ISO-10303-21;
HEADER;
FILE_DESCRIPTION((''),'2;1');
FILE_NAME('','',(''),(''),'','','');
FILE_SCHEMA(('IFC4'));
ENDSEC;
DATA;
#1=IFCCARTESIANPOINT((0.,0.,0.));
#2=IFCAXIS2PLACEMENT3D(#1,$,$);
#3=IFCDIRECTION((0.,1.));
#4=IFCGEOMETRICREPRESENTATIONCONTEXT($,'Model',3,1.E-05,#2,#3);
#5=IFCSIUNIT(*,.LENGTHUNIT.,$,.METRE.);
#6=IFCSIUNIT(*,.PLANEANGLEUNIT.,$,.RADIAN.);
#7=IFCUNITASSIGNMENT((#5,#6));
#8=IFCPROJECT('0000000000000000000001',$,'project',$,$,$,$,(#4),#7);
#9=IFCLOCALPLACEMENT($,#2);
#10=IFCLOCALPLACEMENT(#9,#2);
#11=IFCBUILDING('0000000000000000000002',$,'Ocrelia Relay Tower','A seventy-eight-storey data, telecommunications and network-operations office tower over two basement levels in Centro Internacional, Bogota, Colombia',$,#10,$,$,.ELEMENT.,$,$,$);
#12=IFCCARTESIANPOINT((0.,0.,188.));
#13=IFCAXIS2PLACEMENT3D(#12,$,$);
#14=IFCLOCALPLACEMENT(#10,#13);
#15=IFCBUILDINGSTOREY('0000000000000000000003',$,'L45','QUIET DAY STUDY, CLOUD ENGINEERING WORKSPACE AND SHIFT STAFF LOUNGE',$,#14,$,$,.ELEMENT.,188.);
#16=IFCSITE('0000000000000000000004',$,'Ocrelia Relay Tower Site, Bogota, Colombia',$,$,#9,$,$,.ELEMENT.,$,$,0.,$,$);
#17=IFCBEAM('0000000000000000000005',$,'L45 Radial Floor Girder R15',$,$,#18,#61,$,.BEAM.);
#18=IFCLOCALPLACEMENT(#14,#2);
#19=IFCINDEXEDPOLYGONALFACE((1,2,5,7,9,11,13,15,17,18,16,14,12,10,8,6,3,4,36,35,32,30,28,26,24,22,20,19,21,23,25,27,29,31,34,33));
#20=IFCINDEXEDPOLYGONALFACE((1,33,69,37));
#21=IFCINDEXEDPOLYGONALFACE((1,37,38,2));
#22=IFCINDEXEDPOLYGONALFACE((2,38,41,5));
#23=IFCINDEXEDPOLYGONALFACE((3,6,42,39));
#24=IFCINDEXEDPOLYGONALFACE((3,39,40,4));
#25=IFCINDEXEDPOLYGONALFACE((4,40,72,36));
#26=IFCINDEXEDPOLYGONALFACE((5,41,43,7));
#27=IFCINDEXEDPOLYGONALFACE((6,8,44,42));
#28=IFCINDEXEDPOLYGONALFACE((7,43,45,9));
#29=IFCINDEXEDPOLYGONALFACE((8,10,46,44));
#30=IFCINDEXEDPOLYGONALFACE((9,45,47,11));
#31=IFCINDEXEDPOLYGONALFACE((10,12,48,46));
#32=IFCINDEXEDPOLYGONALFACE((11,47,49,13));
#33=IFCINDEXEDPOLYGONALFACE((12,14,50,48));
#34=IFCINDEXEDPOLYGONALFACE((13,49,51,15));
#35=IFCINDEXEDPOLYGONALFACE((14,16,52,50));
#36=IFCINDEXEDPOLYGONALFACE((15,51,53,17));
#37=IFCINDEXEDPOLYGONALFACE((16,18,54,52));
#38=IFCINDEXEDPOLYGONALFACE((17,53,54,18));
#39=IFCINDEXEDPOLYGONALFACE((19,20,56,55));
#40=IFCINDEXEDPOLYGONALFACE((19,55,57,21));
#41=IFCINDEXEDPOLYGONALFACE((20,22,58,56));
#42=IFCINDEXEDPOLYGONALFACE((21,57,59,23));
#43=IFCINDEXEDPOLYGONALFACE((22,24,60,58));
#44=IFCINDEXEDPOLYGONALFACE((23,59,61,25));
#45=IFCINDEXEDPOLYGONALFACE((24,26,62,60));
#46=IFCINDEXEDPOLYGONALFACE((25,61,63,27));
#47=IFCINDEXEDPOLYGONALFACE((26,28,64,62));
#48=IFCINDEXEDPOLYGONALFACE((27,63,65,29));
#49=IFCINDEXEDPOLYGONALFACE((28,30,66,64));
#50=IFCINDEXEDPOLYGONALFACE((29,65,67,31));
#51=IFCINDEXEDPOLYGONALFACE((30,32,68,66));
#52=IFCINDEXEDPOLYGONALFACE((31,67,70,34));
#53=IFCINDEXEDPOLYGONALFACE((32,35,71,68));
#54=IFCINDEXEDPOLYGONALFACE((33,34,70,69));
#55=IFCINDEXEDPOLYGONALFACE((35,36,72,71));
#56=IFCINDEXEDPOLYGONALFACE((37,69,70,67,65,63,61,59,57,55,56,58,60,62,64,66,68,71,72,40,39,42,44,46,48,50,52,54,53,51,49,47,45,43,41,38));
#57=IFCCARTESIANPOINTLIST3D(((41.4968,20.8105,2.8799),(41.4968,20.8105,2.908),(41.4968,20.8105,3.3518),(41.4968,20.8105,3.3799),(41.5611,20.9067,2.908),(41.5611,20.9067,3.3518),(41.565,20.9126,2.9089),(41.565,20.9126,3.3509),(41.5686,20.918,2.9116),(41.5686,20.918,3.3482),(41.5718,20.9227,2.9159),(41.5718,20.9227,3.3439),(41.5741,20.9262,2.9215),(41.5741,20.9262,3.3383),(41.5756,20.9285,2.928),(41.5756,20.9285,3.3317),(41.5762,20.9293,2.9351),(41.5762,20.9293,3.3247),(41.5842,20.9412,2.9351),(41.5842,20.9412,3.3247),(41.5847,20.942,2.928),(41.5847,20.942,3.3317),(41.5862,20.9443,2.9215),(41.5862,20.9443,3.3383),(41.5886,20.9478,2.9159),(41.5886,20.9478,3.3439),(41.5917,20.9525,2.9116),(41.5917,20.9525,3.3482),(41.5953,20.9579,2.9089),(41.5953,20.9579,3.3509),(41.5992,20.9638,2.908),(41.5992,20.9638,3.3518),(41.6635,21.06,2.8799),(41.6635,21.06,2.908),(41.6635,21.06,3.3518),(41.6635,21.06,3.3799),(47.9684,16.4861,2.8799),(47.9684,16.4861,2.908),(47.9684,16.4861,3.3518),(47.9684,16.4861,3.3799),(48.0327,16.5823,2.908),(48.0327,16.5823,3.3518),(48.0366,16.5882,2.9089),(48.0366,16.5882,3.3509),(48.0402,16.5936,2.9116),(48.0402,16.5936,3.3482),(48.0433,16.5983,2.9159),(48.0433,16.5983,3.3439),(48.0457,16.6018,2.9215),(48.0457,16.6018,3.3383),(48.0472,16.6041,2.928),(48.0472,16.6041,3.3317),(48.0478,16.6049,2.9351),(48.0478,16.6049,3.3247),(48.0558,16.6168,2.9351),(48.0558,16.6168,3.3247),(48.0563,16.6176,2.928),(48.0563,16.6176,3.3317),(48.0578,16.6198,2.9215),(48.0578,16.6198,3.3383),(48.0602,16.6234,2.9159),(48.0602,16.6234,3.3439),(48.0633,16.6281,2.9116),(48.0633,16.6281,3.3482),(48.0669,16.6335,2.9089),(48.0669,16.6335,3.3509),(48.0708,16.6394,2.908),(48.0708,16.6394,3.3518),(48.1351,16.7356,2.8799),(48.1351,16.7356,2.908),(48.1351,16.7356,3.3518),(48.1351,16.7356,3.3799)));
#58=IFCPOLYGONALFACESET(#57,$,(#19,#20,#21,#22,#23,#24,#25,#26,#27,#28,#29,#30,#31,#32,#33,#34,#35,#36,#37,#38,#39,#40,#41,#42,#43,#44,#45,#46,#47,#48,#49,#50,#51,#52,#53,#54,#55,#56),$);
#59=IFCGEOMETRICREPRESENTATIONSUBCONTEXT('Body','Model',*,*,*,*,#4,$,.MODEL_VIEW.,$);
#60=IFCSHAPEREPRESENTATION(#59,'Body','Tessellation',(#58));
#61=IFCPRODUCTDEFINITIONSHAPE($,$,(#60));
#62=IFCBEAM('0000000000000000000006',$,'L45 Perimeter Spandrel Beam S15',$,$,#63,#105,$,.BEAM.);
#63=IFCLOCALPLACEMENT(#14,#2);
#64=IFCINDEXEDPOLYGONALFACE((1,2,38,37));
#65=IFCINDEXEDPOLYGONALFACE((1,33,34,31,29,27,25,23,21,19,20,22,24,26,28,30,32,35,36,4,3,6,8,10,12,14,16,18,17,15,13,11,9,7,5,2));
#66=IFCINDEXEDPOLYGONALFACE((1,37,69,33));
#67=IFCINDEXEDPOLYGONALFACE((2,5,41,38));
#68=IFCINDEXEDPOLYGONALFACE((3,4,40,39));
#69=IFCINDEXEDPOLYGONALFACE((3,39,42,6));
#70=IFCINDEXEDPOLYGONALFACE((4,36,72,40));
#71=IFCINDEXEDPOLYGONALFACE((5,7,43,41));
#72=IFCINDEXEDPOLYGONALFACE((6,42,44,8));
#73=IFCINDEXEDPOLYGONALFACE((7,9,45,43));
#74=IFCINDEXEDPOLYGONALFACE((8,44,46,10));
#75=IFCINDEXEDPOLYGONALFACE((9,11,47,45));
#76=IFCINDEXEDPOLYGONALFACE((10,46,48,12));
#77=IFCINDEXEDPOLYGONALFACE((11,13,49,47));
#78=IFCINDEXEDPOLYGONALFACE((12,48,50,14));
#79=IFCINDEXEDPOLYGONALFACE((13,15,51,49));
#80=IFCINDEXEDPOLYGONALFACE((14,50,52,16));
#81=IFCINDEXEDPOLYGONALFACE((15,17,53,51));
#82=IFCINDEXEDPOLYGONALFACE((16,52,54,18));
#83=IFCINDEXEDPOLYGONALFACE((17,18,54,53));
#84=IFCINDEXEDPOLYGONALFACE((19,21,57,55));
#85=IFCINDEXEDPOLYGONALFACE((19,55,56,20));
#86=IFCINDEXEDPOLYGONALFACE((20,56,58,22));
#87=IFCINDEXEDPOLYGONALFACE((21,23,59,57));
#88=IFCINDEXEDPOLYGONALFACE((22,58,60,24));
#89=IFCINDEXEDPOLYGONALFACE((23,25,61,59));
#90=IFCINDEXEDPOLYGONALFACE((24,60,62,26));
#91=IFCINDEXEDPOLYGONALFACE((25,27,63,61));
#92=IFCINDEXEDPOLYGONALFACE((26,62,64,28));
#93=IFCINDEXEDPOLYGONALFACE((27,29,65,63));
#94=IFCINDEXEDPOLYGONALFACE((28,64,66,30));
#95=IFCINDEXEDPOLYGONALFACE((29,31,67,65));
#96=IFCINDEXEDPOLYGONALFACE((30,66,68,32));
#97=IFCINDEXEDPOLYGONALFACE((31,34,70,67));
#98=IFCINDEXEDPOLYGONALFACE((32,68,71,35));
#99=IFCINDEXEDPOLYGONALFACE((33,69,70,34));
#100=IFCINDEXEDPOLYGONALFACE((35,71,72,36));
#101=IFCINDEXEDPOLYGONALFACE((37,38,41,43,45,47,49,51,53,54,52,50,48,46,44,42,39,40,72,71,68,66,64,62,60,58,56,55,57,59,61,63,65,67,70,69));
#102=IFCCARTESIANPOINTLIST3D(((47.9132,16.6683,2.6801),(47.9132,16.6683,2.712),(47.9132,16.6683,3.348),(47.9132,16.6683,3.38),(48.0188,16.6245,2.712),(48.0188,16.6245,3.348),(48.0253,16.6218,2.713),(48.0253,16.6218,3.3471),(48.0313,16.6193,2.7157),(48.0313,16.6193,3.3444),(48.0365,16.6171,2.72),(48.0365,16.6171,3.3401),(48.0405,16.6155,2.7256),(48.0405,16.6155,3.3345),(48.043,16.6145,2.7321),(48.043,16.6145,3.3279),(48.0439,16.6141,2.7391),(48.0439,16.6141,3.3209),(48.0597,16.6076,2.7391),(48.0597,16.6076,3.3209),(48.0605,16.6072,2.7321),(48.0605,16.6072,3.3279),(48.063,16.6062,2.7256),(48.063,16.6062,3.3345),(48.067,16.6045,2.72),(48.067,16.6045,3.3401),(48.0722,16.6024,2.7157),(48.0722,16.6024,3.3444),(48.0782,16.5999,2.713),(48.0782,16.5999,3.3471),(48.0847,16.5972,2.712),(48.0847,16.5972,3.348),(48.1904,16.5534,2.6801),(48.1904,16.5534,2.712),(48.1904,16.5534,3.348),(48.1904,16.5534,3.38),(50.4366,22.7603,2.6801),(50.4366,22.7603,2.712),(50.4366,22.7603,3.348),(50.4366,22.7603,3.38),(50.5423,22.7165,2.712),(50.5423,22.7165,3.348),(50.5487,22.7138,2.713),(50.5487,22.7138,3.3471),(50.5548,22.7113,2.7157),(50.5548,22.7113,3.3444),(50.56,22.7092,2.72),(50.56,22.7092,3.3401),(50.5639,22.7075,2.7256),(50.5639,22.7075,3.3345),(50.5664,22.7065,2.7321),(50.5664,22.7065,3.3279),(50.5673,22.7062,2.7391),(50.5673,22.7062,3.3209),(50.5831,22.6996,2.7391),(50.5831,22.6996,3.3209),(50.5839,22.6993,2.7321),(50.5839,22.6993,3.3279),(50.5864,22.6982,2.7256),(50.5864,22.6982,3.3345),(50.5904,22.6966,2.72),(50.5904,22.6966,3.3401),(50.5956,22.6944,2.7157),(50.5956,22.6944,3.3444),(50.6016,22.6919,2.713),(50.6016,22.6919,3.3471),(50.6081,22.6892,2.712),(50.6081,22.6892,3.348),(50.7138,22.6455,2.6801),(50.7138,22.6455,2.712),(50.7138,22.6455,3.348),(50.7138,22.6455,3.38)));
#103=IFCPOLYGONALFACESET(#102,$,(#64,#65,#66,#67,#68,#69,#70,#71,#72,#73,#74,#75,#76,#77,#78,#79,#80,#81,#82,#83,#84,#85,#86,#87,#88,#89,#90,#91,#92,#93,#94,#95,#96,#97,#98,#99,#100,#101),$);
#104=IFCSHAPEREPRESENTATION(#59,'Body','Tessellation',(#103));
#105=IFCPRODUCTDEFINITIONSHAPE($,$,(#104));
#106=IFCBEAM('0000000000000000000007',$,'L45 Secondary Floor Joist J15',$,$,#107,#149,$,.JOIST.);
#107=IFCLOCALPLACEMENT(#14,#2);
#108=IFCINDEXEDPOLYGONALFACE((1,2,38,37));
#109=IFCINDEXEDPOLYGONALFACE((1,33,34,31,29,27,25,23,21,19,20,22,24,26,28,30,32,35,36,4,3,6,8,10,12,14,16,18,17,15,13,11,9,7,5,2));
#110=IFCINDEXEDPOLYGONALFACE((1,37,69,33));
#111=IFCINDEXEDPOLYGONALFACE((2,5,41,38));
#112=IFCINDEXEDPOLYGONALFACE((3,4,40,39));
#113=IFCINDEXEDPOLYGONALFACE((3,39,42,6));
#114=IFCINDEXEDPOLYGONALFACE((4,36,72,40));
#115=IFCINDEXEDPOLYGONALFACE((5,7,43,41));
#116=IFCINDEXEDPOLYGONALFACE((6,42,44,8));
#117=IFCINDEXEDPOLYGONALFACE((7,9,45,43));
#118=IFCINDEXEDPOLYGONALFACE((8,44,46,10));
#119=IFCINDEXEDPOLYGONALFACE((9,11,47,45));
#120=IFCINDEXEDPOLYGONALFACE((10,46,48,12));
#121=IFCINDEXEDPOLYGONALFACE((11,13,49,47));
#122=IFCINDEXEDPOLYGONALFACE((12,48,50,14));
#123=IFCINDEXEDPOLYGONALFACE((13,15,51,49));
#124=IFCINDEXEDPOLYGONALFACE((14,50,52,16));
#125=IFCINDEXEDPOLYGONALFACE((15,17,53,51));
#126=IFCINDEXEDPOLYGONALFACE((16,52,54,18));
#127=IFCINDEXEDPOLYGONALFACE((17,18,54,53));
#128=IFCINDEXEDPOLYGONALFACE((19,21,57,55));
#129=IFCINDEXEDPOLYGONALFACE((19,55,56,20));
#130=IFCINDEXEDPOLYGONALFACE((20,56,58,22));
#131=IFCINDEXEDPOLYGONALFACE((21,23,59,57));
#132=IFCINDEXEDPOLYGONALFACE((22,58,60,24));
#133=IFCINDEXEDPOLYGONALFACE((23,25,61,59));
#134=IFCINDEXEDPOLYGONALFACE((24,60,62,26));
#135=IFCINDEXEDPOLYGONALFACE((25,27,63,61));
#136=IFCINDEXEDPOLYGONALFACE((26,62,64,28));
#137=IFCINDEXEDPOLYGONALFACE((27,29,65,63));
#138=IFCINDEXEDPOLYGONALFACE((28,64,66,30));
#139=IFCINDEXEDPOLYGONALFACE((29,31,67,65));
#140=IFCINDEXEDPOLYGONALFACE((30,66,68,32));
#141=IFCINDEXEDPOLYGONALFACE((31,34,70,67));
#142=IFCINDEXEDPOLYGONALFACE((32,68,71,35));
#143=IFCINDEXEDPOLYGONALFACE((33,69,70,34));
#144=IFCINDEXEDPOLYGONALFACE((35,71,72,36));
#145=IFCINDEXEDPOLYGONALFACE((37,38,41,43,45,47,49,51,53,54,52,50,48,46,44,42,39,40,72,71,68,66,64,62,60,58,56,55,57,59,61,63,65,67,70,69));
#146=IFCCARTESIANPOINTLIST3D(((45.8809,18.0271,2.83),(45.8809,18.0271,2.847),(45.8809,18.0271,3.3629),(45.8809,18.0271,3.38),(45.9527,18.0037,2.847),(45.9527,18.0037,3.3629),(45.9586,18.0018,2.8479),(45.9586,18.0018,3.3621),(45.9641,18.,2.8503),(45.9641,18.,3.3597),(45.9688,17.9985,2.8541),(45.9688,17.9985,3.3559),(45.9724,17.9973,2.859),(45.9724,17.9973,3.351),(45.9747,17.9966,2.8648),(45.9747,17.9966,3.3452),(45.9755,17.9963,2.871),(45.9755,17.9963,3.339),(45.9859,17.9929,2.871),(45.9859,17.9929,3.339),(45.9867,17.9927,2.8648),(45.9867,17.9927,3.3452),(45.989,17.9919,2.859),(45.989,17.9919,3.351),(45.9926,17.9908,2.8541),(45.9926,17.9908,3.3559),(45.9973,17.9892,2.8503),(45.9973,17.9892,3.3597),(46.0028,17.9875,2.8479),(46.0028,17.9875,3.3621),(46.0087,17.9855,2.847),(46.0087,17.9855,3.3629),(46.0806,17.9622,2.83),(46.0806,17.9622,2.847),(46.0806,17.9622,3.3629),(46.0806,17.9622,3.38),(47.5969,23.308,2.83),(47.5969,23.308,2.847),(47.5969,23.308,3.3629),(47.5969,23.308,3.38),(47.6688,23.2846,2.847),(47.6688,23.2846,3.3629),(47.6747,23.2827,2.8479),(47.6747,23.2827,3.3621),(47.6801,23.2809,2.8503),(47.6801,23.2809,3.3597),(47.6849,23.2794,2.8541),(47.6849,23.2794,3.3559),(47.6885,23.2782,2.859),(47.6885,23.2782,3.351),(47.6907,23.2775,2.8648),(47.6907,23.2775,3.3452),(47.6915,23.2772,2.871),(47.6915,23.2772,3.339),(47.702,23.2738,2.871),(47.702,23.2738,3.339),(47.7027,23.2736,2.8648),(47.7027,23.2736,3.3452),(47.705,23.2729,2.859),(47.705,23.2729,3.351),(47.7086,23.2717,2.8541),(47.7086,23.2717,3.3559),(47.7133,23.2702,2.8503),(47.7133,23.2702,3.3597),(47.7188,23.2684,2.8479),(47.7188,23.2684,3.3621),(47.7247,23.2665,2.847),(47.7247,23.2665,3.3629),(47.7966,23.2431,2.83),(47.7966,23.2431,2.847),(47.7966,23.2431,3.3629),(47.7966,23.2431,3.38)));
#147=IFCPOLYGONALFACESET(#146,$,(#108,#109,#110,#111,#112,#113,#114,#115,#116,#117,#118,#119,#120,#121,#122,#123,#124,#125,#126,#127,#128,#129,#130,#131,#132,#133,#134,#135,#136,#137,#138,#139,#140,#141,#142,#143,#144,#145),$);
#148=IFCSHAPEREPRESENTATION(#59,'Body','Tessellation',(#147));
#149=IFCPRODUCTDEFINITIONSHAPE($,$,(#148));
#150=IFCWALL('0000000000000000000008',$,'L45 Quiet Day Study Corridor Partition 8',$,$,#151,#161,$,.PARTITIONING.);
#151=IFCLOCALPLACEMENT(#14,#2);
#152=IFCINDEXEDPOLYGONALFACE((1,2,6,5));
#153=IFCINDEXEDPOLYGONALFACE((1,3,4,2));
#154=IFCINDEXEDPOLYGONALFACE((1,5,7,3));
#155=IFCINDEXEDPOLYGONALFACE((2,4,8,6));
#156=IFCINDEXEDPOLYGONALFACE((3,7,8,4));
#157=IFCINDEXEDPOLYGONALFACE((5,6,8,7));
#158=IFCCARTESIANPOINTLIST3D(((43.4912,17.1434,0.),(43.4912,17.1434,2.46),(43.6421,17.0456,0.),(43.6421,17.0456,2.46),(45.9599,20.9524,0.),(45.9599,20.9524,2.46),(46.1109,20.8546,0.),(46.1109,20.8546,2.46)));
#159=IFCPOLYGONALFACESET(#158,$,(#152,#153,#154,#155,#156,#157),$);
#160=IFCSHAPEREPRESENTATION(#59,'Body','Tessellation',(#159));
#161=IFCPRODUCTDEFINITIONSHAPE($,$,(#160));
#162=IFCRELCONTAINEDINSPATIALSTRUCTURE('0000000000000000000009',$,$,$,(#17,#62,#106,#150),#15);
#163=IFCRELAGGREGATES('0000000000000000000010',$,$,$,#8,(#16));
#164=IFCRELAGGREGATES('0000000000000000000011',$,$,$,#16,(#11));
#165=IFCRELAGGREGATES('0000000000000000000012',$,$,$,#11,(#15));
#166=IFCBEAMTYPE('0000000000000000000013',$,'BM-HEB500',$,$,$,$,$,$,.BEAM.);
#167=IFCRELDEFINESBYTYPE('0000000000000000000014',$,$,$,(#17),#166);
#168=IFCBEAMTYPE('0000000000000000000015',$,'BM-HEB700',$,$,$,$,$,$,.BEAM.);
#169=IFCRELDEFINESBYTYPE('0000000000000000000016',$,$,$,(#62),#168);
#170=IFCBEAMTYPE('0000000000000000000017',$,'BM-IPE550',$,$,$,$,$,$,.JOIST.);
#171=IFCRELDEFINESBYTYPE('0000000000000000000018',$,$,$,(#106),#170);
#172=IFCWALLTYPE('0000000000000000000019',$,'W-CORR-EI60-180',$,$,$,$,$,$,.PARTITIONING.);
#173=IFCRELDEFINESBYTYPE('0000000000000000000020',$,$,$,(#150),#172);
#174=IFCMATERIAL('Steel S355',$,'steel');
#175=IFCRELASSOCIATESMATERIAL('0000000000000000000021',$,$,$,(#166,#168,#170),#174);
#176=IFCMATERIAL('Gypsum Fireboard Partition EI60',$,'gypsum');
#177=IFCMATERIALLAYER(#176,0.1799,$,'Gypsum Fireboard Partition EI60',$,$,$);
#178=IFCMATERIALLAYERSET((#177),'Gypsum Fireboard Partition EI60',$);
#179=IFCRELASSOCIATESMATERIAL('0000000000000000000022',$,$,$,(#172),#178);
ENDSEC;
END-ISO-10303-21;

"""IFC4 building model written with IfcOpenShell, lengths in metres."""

from ifc_helpers import new_model, si_unit, direction, frame, frame_2d, origin, origin_2d, place, context, subcontext, project, spatial, rectangle, i_section, extrude, material, layer, layer_set, material_profile, profile_set, type_object, element, save


model = new_model("IFC4")

# Units and contexts
model_context = context("Model", 3, precision=1e-05, world=origin(), true_north=direction((0.0, 1.0)))
body_context = subcontext(model_context, "Body", "Model", "MODEL_VIEW")
ifc_project = project(units=[si_unit("LENGTHUNIT", "METRE"), si_unit("PLANEANGLEUNIT", "RADIAN")], contexts=[model_context])

# Site, building, storey
site_placement = place(None, origin())
site = spatial("IfcSite", under=ifc_project, at=site_placement, Name="Ocrelia Relay Tower Site, Bogota, Colombia", CompositionType="ELEMENT", RefElevation=0.0)
building_placement = place(site_placement, origin())
building = spatial("IfcBuilding", under=site, at=building_placement, Name="Ocrelia Relay Tower", Description="A seventy-eight-storey data, telecommunications and network-operations office tower over two basement levels in Centro Internacional, Bogota, Colombia", CompositionType="ELEMENT")
storey_placement = place(building_placement, frame((0.0, 0.0, 188.0)))
storey = spatial("IfcBuildingStorey", under=building, at=storey_placement, Name="L45", Description="QUIET DAY STUDY, CLOUD ENGINEERING WORKSPACE AND SHIFT STAFF LOUNGE", CompositionType="ELEMENT", Elevation=188.0)

# Beams
ifc_material_1 = material(Name="Steel S355", Category="steel")
ifc_material_profile_1 = material_profile(ifc_material_1, i_section(OverallWidth=0.3, OverallDepth=0.5, WebThickness=0.0144, FlangeThickness=0.0281, FilletRadius=0.0271, at=origin_2d()), Name="HEB 500")
ifc_profile_set_1 = profile_set([ifc_material_profile_1], Name="Steel S355")
beam_type_1 = type_object("IfcBeamType", Name="BM-HEB500", PredefinedType="BEAM", material=ifc_profile_set_1)
beam_1_placement = place(storey_placement, frame((48.0518, 16.6108, 3.1299), z_axis=(-0.831456, 0.55559, 0.0), x_axis=(-0.55559, -0.831456, 0.0)))
element("IfcBeam", 1, at=beam_1_placement, inside=storey, type_object=beam_type_1, Name="L45 Radial Floor Girder R15", PredefinedType="BEAM", context=body_context, shape_type="SweptSolid", body=[
    extrude(i_section(OverallWidth=0.3, OverallDepth=0.5, WebThickness=0.0144, FlangeThickness=0.0281, FilletRadius=0.0271, at=origin_2d()), origin(), (0.0, 0.0, 1.0), 7.7834),
])
ifc_material_profile_2 = material_profile(ifc_material_1, i_section(OverallWidth=0.3, OverallDepth=0.7, WebThickness=0.0171, FlangeThickness=0.032, FilletRadius=0.0271, at=origin_2d()), Name="HEB 700")
ifc_profile_set_2 = profile_set([ifc_material_profile_2], Name="Steel S355")
beam_type_2 = type_object("IfcBeamType", Name="BM-HEB700", PredefinedType="BEAM", material=ifc_profile_set_2)
beam_2_placement = place(storey_placement, frame((48.0518, 16.6108, 3.03), z_axis=(0.382688, 0.923878, 0.0), x_axis=(-0.923878, 0.382688, 0.0)))
element("IfcBeam", 2, at=beam_2_placement, inside=storey, type_object=beam_type_2, Name="L45 Perimeter Spandrel Beam S15", PredefinedType="BEAM", context=body_context, shape_type="SweptSolid", body=[
    extrude(i_section(OverallWidth=0.3, OverallDepth=0.7, WebThickness=0.0171, FlangeThickness=0.032, FilletRadius=0.0271, at=origin_2d()), origin(), (0.0, 0.0, 1.0), 6.594),
])
ifc_material_profile_3 = material_profile(ifc_material_1, i_section(OverallWidth=0.21, OverallDepth=0.55, WebThickness=0.011, FlangeThickness=0.0171, FilletRadius=0.0239, at=origin_2d()), Name="IPE 550")
ifc_profile_set_3 = profile_set([ifc_material_profile_3], Name="Steel S355")
beam_type_3 = type_object("IfcBeamType", Name="BM-IPE550", PredefinedType="JOIST", material=ifc_profile_set_3)
beam_3_placement = place(storey_placement, frame((45.9807, 17.9946, 3.105), z_axis=(0.309043, 0.951048, 0.0), x_axis=(-0.951048, 0.309043, 0.0)))
element("IfcBeam", 3, at=beam_3_placement, inside=storey, type_object=beam_type_3, Name="L45 Secondary Floor Joist J15", PredefinedType="JOIST", context=body_context, shape_type="SweptSolid", body=[
    extrude(i_section(OverallWidth=0.21, OverallDepth=0.55, WebThickness=0.011, FlangeThickness=0.0171, FilletRadius=0.0239, at=origin_2d()), origin(), (0.0, 0.0, 1.0), 5.5527),
])

# Wall
ifc_material_2 = material(Name="Gypsum Fireboard Partition EI60", Category="gypsum")
ifc_layer_1 = layer(ifc_material_2, 0.1799, Name="Gypsum Fireboard Partition EI60")
ifc_layer_set_1 = layer_set([ifc_layer_1], Name="Gypsum Fireboard Partition EI60")
wall_type_1 = type_object("IfcWallType", Name="W-CORR-EI60-180", PredefinedType="PARTITIONING", material=ifc_layer_set_1)
wall_1_placement = place(storey_placement, frame((43.5667, 17.0945, 0.0), z_axis=(0.0, 0.0, 1.0), x_axis=(0.54388, 0.839163, 0.0)))
element("IfcWall", 4, at=wall_1_placement, inside=storey, type_object=wall_type_1, Name="L45 Quiet Day Study Corridor Partition 8", PredefinedType="PARTITIONING", context=body_context, shape_type="SweptSolid", body=[
    extrude(rectangle(XDim=4.5391, YDim=0.1799, at=frame_2d((2.2695, 0.0))), origin(), (0.0, 0.0, 1.0), 2.46),
])

save(model, "model.ifc")
